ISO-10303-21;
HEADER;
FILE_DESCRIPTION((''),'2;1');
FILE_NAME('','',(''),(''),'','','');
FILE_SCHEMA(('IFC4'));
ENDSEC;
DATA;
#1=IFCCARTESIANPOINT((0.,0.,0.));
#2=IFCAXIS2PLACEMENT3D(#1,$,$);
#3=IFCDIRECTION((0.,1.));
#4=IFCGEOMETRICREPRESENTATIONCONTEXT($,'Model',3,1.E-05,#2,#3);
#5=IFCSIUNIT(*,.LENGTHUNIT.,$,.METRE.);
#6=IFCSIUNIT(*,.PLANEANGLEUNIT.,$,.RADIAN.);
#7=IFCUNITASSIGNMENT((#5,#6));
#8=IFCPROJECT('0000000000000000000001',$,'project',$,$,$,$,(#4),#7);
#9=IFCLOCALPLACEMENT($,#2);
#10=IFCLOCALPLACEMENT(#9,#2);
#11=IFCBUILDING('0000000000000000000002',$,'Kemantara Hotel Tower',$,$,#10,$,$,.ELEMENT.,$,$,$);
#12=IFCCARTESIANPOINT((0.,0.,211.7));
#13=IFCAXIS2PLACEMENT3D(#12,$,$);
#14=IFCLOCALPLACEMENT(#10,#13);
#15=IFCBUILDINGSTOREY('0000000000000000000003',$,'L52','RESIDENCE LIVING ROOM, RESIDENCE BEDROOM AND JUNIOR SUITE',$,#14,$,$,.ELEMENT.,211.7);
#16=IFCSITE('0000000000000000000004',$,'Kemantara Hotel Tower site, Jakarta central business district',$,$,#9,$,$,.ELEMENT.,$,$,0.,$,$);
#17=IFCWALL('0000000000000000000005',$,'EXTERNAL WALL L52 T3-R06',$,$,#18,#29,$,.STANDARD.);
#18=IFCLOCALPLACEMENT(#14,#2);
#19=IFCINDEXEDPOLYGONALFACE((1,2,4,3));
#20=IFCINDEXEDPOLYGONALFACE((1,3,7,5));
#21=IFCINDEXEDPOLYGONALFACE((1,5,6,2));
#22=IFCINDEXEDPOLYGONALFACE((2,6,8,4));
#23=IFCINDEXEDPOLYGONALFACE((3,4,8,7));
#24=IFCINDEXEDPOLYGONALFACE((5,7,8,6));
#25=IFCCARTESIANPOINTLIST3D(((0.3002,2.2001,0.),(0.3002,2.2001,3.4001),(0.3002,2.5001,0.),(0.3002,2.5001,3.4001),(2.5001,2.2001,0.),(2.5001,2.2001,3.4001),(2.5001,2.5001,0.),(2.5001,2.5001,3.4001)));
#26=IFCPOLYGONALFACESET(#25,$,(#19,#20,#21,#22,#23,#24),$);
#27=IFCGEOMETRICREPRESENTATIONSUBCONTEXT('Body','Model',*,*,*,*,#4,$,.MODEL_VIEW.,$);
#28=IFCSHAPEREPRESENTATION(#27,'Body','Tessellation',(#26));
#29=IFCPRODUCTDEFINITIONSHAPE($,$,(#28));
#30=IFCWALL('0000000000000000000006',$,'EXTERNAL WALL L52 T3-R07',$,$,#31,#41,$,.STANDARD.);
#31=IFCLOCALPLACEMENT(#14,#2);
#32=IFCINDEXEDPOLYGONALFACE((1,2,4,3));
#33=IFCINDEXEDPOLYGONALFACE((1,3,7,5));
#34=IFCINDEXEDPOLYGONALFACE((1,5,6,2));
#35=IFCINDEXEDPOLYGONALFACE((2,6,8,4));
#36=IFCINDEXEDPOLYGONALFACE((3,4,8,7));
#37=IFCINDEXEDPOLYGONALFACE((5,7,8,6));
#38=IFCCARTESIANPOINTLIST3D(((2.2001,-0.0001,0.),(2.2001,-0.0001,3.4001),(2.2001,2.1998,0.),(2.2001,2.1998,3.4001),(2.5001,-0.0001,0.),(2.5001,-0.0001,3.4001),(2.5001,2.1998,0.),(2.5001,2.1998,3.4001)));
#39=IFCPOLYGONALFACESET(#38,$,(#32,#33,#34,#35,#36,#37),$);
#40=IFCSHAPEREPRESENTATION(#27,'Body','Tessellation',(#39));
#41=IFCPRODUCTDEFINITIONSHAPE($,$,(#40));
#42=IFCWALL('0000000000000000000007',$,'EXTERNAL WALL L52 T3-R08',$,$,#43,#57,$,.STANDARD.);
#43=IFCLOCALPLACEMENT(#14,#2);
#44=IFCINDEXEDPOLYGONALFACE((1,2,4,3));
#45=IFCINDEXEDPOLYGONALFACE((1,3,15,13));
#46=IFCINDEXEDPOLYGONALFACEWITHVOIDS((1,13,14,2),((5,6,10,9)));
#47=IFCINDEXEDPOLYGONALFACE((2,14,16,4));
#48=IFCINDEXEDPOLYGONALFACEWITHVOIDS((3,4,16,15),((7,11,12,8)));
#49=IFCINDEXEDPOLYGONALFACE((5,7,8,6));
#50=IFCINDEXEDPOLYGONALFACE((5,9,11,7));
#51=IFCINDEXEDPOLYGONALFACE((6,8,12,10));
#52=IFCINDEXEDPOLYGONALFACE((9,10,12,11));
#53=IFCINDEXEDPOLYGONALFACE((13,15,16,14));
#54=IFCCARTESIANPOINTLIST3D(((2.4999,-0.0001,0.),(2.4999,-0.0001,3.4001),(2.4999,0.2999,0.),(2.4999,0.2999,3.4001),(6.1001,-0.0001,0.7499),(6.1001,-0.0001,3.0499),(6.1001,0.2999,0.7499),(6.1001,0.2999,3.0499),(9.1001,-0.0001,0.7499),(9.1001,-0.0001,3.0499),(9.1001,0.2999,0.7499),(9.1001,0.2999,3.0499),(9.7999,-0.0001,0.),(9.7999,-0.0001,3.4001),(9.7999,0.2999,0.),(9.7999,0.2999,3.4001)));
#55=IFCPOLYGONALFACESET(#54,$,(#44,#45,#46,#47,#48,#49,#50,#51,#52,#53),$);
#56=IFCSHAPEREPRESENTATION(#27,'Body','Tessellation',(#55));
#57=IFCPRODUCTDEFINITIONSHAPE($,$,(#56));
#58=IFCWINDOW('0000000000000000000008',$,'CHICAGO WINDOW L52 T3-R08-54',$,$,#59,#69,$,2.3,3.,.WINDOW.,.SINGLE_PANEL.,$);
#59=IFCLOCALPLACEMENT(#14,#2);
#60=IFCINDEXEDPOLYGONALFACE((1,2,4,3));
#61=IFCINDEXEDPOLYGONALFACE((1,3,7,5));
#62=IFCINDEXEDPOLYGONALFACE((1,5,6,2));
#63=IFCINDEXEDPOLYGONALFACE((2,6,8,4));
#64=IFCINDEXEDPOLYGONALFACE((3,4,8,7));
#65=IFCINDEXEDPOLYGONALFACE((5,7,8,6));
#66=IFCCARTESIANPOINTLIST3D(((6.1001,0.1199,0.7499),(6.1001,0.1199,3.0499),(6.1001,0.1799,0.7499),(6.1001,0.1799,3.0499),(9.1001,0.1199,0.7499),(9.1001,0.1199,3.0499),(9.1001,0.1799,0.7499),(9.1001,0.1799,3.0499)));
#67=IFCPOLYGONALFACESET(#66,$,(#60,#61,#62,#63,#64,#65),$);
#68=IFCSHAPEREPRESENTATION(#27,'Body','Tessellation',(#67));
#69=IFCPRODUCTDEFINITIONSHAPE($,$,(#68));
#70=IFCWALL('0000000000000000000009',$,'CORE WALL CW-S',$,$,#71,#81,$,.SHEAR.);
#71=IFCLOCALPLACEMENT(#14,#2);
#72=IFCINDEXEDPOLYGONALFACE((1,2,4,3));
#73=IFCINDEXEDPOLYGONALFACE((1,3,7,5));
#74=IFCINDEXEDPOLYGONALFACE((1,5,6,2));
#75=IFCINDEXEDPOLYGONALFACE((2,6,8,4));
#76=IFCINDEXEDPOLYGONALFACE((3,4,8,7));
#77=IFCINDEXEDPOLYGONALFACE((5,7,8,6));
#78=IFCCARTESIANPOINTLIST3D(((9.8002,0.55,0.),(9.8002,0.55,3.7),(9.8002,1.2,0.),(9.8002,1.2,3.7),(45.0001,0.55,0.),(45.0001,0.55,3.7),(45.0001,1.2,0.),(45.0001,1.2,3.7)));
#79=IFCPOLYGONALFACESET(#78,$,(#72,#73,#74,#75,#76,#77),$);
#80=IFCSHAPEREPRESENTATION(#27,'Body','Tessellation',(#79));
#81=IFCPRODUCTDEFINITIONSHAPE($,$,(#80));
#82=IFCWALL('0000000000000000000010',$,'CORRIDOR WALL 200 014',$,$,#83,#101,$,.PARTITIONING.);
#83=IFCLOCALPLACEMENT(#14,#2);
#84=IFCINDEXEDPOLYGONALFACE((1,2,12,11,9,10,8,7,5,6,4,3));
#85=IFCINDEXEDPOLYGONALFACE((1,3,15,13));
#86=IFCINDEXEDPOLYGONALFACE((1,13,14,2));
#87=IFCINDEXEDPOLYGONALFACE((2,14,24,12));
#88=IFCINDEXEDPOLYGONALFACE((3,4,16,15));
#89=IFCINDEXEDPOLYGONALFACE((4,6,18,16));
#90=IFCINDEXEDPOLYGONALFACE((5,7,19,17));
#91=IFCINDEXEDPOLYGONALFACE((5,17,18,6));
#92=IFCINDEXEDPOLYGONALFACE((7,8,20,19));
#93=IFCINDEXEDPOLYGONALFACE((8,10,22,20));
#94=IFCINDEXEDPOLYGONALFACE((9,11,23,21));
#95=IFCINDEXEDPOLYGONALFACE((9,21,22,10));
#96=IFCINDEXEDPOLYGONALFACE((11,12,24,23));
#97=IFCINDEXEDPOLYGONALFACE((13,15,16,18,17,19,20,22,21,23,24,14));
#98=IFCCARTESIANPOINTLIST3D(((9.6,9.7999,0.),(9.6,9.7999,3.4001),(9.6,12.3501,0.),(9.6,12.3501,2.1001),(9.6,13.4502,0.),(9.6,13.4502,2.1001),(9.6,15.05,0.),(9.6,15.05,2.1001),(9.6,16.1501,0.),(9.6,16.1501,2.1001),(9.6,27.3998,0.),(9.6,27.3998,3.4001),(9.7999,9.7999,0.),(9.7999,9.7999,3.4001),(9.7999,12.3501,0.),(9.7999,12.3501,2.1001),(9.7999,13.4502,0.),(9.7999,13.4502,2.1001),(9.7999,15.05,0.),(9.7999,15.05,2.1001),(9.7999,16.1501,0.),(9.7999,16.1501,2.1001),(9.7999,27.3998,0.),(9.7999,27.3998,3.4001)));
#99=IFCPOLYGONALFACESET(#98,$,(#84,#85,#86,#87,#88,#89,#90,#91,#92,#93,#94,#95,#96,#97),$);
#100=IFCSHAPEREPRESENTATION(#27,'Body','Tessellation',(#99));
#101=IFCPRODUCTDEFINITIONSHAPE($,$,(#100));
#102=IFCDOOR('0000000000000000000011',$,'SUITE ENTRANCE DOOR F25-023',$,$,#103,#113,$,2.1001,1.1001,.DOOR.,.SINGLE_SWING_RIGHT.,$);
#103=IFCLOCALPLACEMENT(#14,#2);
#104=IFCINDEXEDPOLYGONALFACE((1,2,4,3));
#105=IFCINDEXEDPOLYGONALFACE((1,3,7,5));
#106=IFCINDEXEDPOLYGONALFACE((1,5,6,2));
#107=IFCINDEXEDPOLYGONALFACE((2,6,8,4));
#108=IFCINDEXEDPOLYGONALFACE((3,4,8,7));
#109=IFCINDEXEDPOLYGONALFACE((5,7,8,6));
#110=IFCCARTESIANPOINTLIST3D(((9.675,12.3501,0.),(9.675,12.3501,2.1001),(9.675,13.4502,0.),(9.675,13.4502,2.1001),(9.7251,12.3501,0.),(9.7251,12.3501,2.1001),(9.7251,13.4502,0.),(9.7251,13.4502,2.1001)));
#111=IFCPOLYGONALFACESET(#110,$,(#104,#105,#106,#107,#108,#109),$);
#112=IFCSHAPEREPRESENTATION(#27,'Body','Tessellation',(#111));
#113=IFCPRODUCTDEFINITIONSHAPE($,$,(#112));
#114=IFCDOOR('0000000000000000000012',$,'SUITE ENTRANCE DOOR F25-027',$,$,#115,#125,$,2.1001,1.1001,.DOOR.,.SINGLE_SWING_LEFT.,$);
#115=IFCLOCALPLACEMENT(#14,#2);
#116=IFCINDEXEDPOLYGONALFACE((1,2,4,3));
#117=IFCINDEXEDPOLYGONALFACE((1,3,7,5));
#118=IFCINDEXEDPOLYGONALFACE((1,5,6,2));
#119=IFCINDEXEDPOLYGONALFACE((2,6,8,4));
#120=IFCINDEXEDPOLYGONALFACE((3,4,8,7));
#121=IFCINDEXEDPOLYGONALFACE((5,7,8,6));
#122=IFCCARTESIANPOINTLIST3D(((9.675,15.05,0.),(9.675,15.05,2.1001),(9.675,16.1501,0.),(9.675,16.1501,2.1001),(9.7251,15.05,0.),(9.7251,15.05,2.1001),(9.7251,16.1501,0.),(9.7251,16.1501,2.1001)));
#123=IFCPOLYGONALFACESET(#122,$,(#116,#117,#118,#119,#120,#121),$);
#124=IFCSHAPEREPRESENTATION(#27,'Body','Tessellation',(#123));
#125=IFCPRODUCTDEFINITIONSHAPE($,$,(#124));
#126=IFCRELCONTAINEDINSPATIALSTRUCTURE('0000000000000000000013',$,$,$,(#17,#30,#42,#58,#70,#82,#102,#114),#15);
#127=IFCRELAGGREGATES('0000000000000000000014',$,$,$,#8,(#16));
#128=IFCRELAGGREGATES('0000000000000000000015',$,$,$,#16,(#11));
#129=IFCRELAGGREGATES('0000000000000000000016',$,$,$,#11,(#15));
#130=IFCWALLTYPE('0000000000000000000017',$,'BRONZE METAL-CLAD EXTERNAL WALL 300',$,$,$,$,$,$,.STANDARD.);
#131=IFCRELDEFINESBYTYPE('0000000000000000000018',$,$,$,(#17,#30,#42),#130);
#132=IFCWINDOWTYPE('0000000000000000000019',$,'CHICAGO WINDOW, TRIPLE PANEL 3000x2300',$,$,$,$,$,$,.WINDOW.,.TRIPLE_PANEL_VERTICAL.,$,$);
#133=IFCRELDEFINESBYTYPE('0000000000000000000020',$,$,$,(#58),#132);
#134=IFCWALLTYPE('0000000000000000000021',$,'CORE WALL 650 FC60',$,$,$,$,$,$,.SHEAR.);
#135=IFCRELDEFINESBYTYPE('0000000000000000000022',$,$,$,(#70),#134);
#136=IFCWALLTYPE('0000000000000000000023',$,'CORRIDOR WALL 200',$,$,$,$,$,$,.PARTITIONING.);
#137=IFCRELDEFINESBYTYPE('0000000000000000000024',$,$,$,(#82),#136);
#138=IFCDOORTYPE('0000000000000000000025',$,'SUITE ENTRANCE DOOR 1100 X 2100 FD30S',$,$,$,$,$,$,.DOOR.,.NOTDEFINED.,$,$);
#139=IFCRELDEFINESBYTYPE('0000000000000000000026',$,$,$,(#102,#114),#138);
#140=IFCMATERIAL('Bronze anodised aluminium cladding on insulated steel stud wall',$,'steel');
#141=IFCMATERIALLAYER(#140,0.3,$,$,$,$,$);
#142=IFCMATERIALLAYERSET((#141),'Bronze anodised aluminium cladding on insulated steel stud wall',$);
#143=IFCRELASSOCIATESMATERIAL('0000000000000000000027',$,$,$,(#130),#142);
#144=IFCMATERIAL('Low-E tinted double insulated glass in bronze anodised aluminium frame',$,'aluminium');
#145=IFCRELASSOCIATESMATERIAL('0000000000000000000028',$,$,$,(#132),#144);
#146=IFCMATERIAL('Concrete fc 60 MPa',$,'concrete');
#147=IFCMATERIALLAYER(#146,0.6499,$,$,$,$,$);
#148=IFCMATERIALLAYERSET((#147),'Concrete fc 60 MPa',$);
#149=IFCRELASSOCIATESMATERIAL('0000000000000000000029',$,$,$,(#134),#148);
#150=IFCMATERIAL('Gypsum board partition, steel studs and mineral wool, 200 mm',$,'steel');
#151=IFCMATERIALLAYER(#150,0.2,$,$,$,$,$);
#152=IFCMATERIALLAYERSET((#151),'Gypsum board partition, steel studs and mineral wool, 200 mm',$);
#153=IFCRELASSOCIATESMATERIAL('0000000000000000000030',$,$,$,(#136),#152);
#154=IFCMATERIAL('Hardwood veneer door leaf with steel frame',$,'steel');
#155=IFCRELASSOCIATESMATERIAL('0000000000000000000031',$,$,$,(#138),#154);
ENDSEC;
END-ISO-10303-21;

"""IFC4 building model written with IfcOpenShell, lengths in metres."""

from ifc_helpers import new_model, si_unit, direction, frame, frame_2d, origin, place, context, subcontext, project, spatial, rectangle, extrude, material, layer, layer_set, type_object, element, fill, save


model = new_model("IFC4")

# Units and contexts
model_context = context("Model", 3, precision=1e-05, world=origin(), true_north=direction((0.0, 1.0)))
body_context = subcontext(model_context, "Body", "Model", "MODEL_VIEW")
ifc_project = project(units=[si_unit("LENGTHUNIT", "METRE"), si_unit("PLANEANGLEUNIT", "RADIAN")], contexts=[model_context])

# Site, building, storey
site_placement = place(None, origin())
site = spatial("IfcSite", under=ifc_project, at=site_placement, Name="Kemantara Hotel Tower site, Jakarta central business district", CompositionType="ELEMENT", RefElevation=0.0)
building_placement = place(site_placement, origin())
building = spatial("IfcBuilding", under=site, at=building_placement, Name="Kemantara Hotel Tower", CompositionType="ELEMENT")
storey_placement = place(building_placement, frame((0.0, 0.0, 211.7)))
storey = spatial("IfcBuildingStorey", under=building, at=storey_placement, Name="L52", Description="RESIDENCE LIVING ROOM, RESIDENCE BEDROOM AND JUNIOR SUITE", CompositionType="ELEMENT", Elevation=211.7)

# Shared definitions
ifc_material_1 = material(Name="Concrete fc 60 MPa", Category="concrete")

# Walls
ifc_material_2 = material(Name="Bronze anodised aluminium cladding on insulated steel stud wall", Category="steel")
ifc_layer_1 = layer(ifc_material_2, 0.3)
ifc_layer_set_1 = layer_set([ifc_layer_1], Name="Bronze anodised aluminium cladding on insulated steel stud wall")
wall_type_1 = type_object("IfcWallType", Name="BRONZE METAL-CLAD EXTERNAL WALL 300", PredefinedType="STANDARD", material=ifc_layer_set_1)
for number, where, z_axis, x_axis, name in (
    (1, (0.3, 2.3501, 0.0), (0.0, 0.0, 1.0), (1.0, 0.0, 0.0), "EXTERNAL WALL L52 T3-R06"),
    (2, (2.3501, 2.2, 0.0), (0.0, 0.0, 1.0), (0.0, -1.0, 0.0), "EXTERNAL WALL L52 T3-R07"),
):
    element("IfcWall", number, at=place(storey_placement, frame(where, z_axis=z_axis, x_axis=x_axis)), inside=storey, type_object=wall_type_1, Name=name, PredefinedType="STANDARD", context=body_context, shape_type="SweptSolid", body=[
        extrude(rectangle(XDim=2.2, YDim=0.3, at=frame_2d((1.1001, 0.0))), origin(), (0.0, 0.0, 1.0), 3.4001),
    ])

# Wall, opening, window
wall_1_placement = place(storey_placement, frame((2.5, 0.1499, 0.0), z_axis=(0.0, 0.0, 1.0), x_axis=(1.0, 0.0, 0.0)))
wall_1 = element("IfcWall", 3, at=wall_1_placement, inside=storey, type_object=wall_type_1, Name="EXTERNAL WALL L52 T3-R08", PredefinedType="STANDARD", context=body_context, shape_type="SweptSolid", body=[
    extrude(rectangle(XDim=7.3, YDim=0.3, at=frame_2d((3.6499, 0.0))), origin(), (0.0, 0.0, 1.0), 3.4001),
])
opening_1_placement = place(wall_1_placement, frame((3.6001, 0.0, 0.75)))
opening_1 = element("IfcOpeningElement", 4, at=opening_1_placement, cuts=wall_1, PredefinedType="OPENING", context=body_context, shape_type="SweptSolid", body=[
    extrude(rectangle(XDim=3.0, YDim=2.3, at=frame_2d((1.5, 1.1499))), frame((0.0, 0.1599, 0.0), z_axis=(0.0, -1.0, 0.0), x_axis=(1.0, 0.0, 0.0)), (0.0, 0.0, 1.0), 0.3201),
])
ifc_material_3 = material(Name="Low-E tinted double insulated glass in bronze anodised aluminium frame", Category="aluminium")
window_type = type_object("IfcWindowType", Name="CHICAGO WINDOW, TRIPLE PANEL 3000x2300", PartitioningType="TRIPLE_PANEL_VERTICAL", PredefinedType="WINDOW", material=ifc_material_3)
window_placement = place(opening_1_placement, origin())
window = element("IfcWindow", 5, at=window_placement, inside=storey, type_object=window_type, Name="CHICAGO WINDOW L52 T3-R08-54", OverallHeight=2.3, OverallWidth=3.0, PartitioningType="SINGLE_PANEL", PredefinedType="WINDOW", context=body_context, shape_type="SweptSolid", body=[
    extrude(rectangle(XDim=3.0, YDim=2.3, at=frame_2d((1.5, 1.1499))), frame((0.0, 0.03, 0.0), z_axis=(0.0, -1.0, 0.0), x_axis=(1.0, 0.0, 0.0)), (0.0, 0.0, 1.0), 0.0601),
])
fill(opening_1, window)

# Wall
ifc_layer_2 = layer(ifc_material_1, 0.6499)
ifc_layer_set_2 = layer_set([ifc_layer_2], Name="Concrete fc 60 MPa")
wall_type_2 = type_object("IfcWallType", Name="CORE WALL 650 FC60", PredefinedType="SHEAR", material=ifc_layer_set_2)
wall_2_placement = place(storey_placement, frame((9.8, 0.875, 0.0), z_axis=(0.0, 0.0, 1.0), x_axis=(1.0, 0.0, 0.0)))
element("IfcWall", 6, at=wall_2_placement, inside=storey, type_object=wall_type_2, Name="CORE WALL CW-S", PredefinedType="SHEAR", context=body_context, shape_type="SweptSolid", body=[
    extrude(rectangle(XDim=35.2, YDim=0.6499, at=frame_2d((17.6001, 0.0))), origin(), (0.0, 0.0, 1.0), 3.7),
])

# Wall, openings, doors
ifc_material_4 = material(Name="Gypsum board partition, steel studs and mineral wool, 200 mm", Category="steel")
ifc_layer_3 = layer(ifc_material_4, 0.2)
ifc_layer_set_3 = layer_set([ifc_layer_3], Name="Gypsum board partition, steel studs and mineral wool, 200 mm")
wall_type_3 = type_object("IfcWallType", Name="CORRIDOR WALL 200", PredefinedType="PARTITIONING", material=ifc_layer_set_3)
wall_3_placement = place(storey_placement, frame((9.7, 9.8, 0.0), z_axis=(0.0, 0.0, 1.0), x_axis=(0.0, 1.0, 0.0)))
wall_3 = element("IfcWall", 7, at=wall_3_placement, inside=storey, type_object=wall_type_3, Name="CORRIDOR WALL 200 014", PredefinedType="PARTITIONING", context=body_context, shape_type="SweptSolid", body=[
    extrude(rectangle(XDim=17.5999, YDim=0.2, at=frame_2d((8.7998, 0.0))), origin(), (0.0, 0.0, 1.0), 3.4001),
])
opening_2_placement = place(wall_3_placement, frame((2.55, 0.0, 0.0)))
opening_2 = element("IfcOpeningElement", 8, at=opening_2_placement, cuts=wall_3, PredefinedType="OPENING", context=body_context, shape_type="SweptSolid", body=[
    extrude(rectangle(XDim=1.1001, YDim=2.1001, at=frame_2d((0.55, 1.05))), frame((0.0, 0.1099, 0.0), z_axis=(0.0, -1.0, 0.0), x_axis=(1.0, 0.0, 0.0)), (0.0, 0.0, 1.0), 0.22),
])
opening_3_placement = place(wall_3_placement, frame((5.25, 0.0, 0.0)))
opening_3 = element("IfcOpeningElement", 9, at=opening_3_placement, cuts=wall_3, PredefinedType="OPENING", context=body_context, shape_type="SweptSolid", body=[
    extrude(rectangle(XDim=1.1001, YDim=2.1001, at=frame_2d((0.55, 1.05))), frame((0.0, 0.1099, 0.0), z_axis=(0.0, -1.0, 0.0), x_axis=(1.0, 0.0, 0.0)), (0.0, 0.0, 1.0), 0.22),
])
ifc_material_5 = material(Name="Hardwood veneer door leaf with steel frame", Category="steel")
door_type_1 = type_object("IfcDoorType", Name="SUITE ENTRANCE DOOR 1100 X 2100 FD30S", OperationType="NOTDEFINED", PredefinedType="DOOR", material=ifc_material_5)
door_1_placement = place(opening_2_placement, origin())
door_1 = element("IfcDoor", 10, at=door_1_placement, inside=storey, type_object=door_type_1, Name="SUITE ENTRANCE DOOR F25-023", OperationType="SINGLE_SWING_RIGHT", OverallHeight=2.1001, OverallWidth=1.1001, PredefinedType="DOOR", context=body_context, shape_type="SweptSolid", body=[
    extrude(rectangle(XDim=1.1001, YDim=2.1001, at=frame_2d((0.55, 1.05))), frame((0.0, 0.0249, 0.0), z_axis=(0.0, -1.0, 0.0), x_axis=(1.0, 0.0, 0.0)), (0.0, 0.0, 1.0), 0.05),
])
fill(opening_2, door_1)
door_2_placement = place(opening_3_placement, origin())
door_2 = element("IfcDoor", 11, at=door_2_placement, inside=storey, type_object=door_type_1, Name="SUITE ENTRANCE DOOR F25-027", OperationType="SINGLE_SWING_LEFT", OverallHeight=2.1001, OverallWidth=1.1001, PredefinedType="DOOR", context=body_context, shape_type="SweptSolid", body=[
    extrude(rectangle(XDim=1.1001, YDim=2.1001, at=frame_2d((0.55, 1.05))), frame((0.0, 0.0249, 0.0), z_axis=(0.0, -1.0, 0.0), x_axis=(1.0, 0.0, 0.0)), (0.0, 0.0, 1.0), 0.05),
])
fill(opening_3, door_2)

save(model, "model.ifc")
